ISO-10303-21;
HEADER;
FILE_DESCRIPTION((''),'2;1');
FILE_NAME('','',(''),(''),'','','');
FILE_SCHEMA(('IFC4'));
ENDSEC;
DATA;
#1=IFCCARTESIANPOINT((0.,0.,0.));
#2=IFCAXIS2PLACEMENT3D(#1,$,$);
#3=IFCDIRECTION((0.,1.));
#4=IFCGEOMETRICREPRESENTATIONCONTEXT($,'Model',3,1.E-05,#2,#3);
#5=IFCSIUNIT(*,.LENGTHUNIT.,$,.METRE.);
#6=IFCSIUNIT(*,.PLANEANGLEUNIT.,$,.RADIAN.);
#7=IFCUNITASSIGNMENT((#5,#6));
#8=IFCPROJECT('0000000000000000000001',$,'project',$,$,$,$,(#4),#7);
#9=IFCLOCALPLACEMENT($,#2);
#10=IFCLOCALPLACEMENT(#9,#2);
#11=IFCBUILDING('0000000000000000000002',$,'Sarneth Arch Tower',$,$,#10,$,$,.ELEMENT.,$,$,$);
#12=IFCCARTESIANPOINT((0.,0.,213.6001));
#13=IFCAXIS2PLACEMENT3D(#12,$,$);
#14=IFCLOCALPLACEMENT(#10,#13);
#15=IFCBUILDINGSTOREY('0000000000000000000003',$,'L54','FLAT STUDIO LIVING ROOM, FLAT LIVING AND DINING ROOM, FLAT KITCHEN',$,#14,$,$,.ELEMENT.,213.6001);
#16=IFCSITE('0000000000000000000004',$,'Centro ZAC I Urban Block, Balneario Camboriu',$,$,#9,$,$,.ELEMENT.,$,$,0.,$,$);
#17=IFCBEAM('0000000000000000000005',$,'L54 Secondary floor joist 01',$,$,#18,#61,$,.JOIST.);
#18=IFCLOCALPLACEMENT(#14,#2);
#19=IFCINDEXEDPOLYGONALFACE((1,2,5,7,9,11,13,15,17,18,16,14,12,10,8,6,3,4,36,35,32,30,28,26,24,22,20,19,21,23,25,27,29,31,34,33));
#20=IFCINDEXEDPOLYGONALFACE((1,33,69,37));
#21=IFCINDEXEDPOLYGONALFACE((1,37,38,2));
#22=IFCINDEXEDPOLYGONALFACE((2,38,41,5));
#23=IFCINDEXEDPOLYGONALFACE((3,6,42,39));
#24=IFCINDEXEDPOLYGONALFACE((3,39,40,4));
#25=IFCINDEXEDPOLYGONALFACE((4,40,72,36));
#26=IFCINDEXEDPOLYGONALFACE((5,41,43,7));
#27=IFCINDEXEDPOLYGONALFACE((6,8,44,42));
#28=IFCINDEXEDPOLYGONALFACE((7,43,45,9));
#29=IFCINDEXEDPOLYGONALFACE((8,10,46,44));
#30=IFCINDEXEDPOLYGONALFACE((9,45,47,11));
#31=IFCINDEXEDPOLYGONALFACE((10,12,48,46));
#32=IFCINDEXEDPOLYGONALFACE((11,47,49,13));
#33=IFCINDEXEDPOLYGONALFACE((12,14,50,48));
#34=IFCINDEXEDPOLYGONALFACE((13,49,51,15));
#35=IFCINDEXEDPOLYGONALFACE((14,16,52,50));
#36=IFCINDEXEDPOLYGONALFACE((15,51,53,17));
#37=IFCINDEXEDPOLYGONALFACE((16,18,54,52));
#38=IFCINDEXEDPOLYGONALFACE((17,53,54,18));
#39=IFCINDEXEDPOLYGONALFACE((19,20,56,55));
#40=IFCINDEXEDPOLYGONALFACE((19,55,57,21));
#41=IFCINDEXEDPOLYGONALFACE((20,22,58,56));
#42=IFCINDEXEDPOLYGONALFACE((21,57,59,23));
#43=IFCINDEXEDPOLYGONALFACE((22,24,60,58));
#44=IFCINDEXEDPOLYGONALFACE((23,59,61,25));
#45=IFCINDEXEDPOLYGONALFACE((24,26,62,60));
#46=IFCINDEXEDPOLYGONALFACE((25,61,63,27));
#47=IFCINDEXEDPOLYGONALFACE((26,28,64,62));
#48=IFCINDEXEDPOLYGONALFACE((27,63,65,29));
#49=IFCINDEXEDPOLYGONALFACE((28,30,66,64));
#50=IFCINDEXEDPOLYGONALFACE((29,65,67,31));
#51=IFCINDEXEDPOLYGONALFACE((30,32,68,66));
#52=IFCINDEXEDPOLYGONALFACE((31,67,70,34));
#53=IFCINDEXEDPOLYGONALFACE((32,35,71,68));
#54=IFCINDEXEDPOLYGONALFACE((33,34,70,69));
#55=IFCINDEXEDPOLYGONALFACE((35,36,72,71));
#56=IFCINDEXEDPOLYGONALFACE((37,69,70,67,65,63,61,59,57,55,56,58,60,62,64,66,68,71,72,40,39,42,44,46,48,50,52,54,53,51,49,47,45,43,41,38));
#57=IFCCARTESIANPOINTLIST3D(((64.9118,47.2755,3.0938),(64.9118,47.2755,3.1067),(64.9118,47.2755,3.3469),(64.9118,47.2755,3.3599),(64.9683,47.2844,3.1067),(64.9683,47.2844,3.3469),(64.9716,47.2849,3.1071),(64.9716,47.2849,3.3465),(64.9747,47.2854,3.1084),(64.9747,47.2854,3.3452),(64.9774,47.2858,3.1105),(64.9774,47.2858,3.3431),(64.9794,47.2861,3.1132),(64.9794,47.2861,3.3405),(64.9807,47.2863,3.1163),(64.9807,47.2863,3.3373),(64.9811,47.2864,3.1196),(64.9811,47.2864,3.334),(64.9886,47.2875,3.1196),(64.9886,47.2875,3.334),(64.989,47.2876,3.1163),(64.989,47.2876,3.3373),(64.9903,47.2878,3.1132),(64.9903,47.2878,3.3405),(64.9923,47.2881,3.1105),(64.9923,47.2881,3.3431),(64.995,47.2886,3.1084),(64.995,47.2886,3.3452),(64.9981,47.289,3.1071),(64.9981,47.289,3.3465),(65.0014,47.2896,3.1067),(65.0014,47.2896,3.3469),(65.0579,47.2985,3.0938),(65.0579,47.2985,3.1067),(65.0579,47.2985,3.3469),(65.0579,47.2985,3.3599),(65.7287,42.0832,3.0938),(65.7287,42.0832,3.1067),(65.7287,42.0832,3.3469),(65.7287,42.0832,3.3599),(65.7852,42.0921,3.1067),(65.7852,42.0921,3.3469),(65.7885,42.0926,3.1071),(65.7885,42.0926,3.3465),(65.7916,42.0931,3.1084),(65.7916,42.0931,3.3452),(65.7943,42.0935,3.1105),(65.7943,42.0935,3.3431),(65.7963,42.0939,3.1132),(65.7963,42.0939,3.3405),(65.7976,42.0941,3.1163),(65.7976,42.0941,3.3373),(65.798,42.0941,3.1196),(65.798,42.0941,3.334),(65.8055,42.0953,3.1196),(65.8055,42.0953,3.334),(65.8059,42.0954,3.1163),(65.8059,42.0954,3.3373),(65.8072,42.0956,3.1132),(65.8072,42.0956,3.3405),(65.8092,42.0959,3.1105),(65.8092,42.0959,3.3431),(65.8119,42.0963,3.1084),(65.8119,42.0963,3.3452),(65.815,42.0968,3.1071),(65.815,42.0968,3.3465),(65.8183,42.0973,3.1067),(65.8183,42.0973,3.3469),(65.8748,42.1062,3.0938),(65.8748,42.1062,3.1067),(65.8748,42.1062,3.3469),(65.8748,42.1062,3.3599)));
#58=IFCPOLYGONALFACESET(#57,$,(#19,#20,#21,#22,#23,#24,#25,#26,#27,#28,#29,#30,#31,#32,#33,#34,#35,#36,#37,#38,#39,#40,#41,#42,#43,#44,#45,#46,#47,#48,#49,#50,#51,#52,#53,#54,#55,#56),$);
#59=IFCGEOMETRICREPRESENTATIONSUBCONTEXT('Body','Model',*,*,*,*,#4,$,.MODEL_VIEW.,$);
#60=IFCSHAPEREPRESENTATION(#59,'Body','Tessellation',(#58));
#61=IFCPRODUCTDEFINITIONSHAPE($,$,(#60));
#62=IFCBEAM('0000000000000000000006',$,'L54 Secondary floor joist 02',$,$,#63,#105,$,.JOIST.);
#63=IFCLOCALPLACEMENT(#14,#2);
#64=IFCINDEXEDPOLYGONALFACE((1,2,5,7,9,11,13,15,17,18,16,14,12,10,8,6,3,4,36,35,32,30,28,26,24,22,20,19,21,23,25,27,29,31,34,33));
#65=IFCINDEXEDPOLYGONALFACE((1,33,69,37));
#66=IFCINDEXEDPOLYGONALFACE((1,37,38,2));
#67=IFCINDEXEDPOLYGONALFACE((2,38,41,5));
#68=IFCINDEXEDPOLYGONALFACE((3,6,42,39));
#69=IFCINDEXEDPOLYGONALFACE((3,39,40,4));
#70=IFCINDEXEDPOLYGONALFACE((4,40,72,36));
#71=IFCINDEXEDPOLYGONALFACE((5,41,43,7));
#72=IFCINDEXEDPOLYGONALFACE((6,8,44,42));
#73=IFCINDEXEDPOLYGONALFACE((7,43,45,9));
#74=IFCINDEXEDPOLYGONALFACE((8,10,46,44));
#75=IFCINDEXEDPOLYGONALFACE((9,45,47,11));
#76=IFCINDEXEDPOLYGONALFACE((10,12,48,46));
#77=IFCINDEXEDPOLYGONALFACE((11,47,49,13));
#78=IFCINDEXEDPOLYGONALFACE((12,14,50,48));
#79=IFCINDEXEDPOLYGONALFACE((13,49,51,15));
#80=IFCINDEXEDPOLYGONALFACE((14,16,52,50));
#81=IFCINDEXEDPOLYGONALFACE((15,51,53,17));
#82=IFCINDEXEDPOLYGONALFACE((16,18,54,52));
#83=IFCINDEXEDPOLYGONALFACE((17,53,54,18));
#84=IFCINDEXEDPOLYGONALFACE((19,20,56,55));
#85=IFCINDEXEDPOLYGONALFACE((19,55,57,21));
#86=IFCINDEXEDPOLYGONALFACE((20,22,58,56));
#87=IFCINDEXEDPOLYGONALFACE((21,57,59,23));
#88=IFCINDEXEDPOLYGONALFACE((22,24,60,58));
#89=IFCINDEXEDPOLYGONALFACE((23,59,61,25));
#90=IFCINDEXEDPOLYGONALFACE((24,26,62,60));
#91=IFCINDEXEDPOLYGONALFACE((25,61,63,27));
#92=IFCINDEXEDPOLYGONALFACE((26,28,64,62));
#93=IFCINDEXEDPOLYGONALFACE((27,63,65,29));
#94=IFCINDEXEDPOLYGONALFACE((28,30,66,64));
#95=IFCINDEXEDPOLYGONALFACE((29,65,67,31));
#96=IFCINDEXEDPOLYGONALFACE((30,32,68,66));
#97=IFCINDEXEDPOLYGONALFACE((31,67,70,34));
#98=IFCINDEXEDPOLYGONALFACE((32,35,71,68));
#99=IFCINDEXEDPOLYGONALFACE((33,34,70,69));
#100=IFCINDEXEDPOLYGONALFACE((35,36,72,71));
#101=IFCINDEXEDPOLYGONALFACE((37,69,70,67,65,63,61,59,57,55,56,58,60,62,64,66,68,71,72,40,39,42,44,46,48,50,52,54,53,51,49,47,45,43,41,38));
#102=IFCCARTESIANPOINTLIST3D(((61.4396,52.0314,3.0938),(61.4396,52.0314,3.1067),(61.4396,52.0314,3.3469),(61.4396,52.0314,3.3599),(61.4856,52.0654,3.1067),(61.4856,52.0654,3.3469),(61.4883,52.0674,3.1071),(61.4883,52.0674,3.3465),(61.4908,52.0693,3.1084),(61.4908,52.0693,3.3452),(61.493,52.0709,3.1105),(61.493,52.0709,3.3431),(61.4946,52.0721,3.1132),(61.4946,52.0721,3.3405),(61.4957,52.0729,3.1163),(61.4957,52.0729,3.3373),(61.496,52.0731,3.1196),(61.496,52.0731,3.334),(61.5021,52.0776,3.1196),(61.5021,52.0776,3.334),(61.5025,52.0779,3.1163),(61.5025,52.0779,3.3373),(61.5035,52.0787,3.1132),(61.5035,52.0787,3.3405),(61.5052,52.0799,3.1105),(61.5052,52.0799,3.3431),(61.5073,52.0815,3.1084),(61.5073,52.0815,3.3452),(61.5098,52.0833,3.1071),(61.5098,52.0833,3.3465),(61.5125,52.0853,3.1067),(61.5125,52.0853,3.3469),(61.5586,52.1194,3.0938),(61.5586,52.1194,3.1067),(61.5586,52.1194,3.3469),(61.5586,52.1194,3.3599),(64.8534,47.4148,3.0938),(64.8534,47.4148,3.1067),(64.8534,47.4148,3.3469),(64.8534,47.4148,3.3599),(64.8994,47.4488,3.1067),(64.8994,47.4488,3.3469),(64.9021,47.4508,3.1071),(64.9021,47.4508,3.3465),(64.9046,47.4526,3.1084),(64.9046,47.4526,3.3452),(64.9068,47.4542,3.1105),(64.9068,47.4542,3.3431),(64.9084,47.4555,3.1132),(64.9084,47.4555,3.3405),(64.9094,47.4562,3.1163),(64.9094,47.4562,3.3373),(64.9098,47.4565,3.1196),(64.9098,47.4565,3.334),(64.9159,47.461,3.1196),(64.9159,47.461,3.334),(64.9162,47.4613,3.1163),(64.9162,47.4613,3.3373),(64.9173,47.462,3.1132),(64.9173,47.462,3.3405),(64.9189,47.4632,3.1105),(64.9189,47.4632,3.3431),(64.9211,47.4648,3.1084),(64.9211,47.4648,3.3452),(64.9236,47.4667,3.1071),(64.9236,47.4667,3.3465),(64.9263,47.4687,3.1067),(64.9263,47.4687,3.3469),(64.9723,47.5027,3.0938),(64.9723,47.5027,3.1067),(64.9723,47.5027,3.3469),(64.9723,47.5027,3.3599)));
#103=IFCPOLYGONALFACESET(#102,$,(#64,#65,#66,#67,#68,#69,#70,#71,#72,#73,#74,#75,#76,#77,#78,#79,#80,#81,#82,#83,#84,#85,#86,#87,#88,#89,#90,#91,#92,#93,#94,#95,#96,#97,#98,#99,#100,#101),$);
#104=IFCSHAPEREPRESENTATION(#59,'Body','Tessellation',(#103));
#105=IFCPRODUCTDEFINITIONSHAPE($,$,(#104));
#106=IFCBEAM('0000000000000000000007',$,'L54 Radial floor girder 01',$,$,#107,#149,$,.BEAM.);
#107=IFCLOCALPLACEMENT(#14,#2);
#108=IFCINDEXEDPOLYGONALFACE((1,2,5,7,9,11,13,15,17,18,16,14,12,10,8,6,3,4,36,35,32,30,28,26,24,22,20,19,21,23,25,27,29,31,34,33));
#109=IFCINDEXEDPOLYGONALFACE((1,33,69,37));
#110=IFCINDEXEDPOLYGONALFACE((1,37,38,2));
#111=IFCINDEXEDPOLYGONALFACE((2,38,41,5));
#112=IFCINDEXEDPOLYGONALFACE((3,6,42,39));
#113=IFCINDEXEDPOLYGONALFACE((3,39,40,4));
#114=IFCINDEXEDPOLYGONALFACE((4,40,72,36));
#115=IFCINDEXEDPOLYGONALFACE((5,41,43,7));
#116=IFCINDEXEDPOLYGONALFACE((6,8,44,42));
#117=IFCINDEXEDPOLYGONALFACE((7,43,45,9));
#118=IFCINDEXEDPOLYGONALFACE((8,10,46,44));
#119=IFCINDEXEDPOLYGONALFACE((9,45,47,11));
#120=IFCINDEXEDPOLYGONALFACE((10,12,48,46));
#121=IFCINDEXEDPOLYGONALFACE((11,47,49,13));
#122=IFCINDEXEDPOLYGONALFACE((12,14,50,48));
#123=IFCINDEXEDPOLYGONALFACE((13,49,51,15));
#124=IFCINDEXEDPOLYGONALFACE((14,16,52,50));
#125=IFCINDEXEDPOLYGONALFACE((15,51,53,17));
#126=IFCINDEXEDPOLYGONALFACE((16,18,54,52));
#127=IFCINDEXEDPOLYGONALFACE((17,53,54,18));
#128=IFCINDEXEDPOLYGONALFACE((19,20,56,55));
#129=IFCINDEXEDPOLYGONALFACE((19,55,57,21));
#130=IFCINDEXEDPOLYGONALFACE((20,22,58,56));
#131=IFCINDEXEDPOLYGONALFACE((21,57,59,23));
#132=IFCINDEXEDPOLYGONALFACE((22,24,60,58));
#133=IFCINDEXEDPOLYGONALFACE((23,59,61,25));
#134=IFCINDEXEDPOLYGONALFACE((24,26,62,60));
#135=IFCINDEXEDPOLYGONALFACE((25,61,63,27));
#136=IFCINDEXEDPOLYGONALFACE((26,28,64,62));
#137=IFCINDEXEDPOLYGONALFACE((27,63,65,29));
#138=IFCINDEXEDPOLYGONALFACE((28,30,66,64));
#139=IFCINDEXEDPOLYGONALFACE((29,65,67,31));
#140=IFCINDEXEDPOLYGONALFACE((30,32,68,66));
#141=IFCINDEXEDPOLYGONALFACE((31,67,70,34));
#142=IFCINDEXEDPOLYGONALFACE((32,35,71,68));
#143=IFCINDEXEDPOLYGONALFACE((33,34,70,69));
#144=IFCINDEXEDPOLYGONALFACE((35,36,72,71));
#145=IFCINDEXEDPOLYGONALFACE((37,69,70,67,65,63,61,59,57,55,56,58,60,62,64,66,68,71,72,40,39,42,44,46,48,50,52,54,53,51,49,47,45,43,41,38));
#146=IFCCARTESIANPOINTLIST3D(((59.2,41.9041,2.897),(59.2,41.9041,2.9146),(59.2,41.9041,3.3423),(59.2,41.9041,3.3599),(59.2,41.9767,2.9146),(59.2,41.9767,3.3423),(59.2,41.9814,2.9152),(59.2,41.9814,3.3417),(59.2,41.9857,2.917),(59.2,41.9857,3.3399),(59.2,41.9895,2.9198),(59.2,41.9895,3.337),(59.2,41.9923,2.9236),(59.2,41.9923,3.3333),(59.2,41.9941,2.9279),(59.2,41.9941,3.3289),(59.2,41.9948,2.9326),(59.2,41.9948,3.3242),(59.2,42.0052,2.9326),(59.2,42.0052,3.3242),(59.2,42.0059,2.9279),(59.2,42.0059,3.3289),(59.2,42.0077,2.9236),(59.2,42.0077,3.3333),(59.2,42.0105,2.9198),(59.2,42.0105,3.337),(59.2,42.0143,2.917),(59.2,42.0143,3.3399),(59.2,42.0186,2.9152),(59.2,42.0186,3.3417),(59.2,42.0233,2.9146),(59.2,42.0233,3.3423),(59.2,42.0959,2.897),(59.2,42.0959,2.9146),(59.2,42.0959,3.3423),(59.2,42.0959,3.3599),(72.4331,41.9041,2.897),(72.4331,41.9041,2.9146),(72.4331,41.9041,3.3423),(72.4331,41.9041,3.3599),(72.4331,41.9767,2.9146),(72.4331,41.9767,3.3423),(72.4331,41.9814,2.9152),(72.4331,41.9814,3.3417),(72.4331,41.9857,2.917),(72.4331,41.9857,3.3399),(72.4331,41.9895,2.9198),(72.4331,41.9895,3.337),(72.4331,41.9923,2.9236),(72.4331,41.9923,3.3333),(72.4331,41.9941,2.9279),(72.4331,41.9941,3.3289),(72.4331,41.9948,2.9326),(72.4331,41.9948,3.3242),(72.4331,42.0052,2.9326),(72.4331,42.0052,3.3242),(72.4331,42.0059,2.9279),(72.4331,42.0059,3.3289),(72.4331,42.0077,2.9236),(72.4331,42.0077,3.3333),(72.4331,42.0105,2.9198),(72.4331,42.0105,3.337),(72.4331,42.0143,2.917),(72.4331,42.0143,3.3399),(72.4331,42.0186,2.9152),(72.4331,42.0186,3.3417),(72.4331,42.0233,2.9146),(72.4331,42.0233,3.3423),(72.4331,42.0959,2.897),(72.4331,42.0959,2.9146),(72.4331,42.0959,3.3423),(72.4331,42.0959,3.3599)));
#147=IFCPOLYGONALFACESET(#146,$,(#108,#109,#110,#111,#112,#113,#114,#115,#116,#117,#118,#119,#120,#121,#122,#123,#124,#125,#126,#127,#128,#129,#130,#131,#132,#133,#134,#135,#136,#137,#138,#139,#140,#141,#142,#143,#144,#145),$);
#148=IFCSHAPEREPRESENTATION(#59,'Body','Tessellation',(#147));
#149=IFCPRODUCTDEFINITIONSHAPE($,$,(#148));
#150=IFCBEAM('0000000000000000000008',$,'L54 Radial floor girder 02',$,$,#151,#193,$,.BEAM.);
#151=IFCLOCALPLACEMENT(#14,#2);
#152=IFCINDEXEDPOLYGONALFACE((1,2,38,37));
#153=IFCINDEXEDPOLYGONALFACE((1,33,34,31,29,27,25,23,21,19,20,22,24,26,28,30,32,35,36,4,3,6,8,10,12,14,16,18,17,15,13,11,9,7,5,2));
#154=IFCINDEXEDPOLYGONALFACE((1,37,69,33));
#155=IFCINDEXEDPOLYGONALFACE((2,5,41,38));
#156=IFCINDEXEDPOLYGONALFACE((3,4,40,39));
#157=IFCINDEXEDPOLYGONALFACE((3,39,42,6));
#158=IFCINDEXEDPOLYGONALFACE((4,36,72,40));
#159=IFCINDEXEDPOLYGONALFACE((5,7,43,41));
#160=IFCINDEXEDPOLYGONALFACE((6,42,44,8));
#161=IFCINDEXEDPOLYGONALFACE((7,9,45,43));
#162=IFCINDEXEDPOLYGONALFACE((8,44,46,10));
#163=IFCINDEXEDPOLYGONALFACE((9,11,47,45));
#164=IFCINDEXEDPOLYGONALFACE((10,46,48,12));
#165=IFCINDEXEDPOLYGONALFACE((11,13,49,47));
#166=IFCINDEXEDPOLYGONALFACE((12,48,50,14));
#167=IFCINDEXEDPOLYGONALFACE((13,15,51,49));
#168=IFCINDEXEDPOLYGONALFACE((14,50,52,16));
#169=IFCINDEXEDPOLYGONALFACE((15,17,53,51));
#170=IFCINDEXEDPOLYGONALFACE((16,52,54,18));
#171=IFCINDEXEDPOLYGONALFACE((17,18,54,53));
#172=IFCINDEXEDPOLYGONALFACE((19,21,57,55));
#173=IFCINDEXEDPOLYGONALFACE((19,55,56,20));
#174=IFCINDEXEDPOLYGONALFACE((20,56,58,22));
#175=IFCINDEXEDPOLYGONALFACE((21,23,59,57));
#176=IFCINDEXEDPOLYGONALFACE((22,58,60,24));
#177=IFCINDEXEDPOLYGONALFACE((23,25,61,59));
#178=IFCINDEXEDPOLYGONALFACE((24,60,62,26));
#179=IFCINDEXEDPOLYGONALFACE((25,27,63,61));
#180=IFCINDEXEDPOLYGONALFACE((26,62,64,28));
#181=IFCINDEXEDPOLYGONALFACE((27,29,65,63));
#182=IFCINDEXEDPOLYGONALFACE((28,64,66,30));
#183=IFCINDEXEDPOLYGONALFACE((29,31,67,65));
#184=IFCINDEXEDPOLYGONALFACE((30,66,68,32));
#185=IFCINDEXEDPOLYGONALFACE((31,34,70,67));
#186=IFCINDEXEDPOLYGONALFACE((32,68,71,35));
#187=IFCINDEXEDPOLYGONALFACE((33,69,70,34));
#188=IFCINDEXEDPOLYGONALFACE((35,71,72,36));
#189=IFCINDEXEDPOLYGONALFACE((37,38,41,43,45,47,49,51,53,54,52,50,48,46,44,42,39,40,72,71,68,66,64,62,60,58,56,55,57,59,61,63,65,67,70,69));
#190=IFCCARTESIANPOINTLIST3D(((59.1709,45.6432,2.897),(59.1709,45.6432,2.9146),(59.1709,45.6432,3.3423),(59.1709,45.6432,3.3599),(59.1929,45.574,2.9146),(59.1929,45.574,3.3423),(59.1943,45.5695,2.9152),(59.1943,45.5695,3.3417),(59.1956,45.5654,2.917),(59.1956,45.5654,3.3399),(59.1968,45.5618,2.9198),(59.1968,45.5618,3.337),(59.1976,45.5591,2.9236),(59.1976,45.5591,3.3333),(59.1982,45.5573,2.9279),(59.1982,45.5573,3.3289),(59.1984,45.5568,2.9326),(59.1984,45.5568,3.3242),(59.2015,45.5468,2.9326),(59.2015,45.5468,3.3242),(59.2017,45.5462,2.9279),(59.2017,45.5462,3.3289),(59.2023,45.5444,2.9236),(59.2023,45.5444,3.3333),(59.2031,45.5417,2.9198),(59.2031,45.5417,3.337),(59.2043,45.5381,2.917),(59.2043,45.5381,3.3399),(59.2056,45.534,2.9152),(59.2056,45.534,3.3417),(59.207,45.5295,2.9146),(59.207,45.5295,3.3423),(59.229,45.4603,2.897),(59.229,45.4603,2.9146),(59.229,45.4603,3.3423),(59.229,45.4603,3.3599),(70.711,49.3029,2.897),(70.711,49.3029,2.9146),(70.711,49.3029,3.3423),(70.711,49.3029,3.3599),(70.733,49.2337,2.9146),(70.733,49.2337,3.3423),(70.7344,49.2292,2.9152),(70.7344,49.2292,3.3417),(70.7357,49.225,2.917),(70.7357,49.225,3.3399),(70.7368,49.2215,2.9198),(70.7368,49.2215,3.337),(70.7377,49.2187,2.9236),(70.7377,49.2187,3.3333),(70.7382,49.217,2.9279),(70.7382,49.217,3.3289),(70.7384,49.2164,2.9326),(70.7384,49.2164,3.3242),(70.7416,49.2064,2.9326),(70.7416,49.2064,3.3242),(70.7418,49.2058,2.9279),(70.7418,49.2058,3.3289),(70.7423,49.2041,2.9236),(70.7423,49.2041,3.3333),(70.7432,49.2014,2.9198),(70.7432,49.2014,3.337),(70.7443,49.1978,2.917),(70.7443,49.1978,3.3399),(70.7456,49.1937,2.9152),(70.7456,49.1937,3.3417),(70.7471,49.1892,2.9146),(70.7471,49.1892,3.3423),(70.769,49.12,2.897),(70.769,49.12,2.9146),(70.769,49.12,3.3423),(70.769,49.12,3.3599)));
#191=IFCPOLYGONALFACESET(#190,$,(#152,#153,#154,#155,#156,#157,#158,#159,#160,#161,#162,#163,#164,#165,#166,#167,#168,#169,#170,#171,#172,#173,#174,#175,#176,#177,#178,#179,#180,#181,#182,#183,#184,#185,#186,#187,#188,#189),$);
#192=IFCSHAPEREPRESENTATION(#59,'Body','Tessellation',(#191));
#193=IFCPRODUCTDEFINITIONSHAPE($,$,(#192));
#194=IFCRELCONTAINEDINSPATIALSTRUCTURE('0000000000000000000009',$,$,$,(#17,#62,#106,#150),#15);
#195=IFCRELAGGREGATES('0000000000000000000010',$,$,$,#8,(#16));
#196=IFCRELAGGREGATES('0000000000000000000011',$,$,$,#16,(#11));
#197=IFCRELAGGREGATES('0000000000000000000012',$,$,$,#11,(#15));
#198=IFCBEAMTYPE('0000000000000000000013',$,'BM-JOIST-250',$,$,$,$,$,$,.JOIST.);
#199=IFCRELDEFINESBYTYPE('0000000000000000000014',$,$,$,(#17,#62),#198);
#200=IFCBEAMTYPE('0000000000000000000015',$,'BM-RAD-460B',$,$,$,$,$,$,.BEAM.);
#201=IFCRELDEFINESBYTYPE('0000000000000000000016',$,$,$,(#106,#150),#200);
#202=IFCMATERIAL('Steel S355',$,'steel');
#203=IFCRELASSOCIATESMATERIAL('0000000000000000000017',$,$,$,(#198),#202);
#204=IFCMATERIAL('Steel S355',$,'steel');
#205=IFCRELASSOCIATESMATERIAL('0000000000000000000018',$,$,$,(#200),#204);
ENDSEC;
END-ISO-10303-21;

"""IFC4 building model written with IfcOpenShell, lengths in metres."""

from ifc_helpers import new_model, si_unit, direction, frame, origin, origin_2d, place, context, subcontext, project, spatial, i_section, extrude, material, material_profile, profile_set, type_object, element, save


model = new_model("IFC4")

# Units and contexts
model_context = context("Model", 3, precision=1e-05, world=origin(), true_north=direction((0.0, 1.0)))
body_context = subcontext(model_context, "Body", "Model", "MODEL_VIEW")
ifc_project = project(units=[si_unit("LENGTHUNIT", "METRE"), si_unit("PLANEANGLEUNIT", "RADIAN")], contexts=[model_context])

# Site, building, storey
site_placement = place(None, origin())
site = spatial("IfcSite", under=ifc_project, at=site_placement, Name="Centro ZAC I Urban Block, Balneario Camboriu", CompositionType="ELEMENT", RefElevation=0.0)
building_placement = place(site_placement, origin())
building = spatial("IfcBuilding", under=site, at=building_placement, Name="Sarneth Arch Tower", CompositionType="ELEMENT")
storey_placement = place(building_placement, frame((0.0, 0.0, 213.6001)))
storey = spatial("IfcBuildingStorey", under=building, at=storey_placement, Name="L54", Description="FLAT STUDIO LIVING ROOM, FLAT LIVING AND DINING ROOM, FLAT KITCHEN", CompositionType="ELEMENT", Elevation=213.6001)

# Beams
ifc_material_1 = material(Name="Steel S355", Category="steel")
ifc_material_profile_1 = material_profile(ifc_material_1, i_section(OverallWidth=0.1479, OverallDepth=0.2661, WebThickness=0.0076, FlangeThickness=0.0129, FilletRadius=0.0129, at=origin_2d()), Name="W250x44.8")
ifc_profile_set_1 = profile_set([ifc_material_profile_1], Name="Steel S355")
beam_type_1 = type_object("IfcBeamType", Name="BM-JOIST-250", PredefinedType="JOIST", material=ifc_profile_set_1)
beam_1_placement = place(storey_placement, frame((65.8018, 42.0947, 3.2268), z_axis=(-0.155421, 0.987848, 0.0), x_axis=(-0.987848, -0.155421, 0.0)))
element("IfcBeam", 1, at=beam_1_placement, inside=storey, type_object=beam_type_1, Name="L54 Secondary floor joist 01", PredefinedType="JOIST", context=body_context, shape_type="SweptSolid", body=[
    extrude(i_section(OverallWidth=0.1479, OverallDepth=0.2661, WebThickness=0.0076, FlangeThickness=0.0129, FilletRadius=0.0129, at=origin_2d()), origin(), (0.0, 0.0, 1.0), 5.2561),
])
beam_2_placement = place(storey_placement, frame((64.9128, 47.4587, 3.2268), z_axis=(-0.594557, 0.804053, 0.0), x_axis=(-0.804053, -0.594557, 0.0)))
element("IfcBeam", 2, at=beam_2_placement, inside=storey, type_object=beam_type_1, Name="L54 Secondary floor joist 02", PredefinedType="JOIST", context=body_context, shape_type="SweptSolid", body=[
    extrude(i_section(OverallWidth=0.1479, OverallDepth=0.2661, WebThickness=0.0076, FlangeThickness=0.0129, FilletRadius=0.0129, at=origin_2d()), origin(), (0.0, 0.0, 1.0), 5.7417),
])
ifc_material_2 = material(Name="Steel S355", Category="steel")
ifc_material_profile_2 = material_profile(ifc_material_2, i_section(OverallWidth=0.1919, OverallDepth=0.4629, WebThickness=0.0105, FlangeThickness=0.0176, FilletRadius=0.0181, at=origin_2d()), Name="W460x89")
ifc_profile_set_2 = profile_set([ifc_material_profile_2], Name="Steel S355")
beam_type_2 = type_object("IfcBeamType", Name="BM-RAD-460B", PredefinedType="BEAM", material=ifc_profile_set_2)
beam_3_placement = place(storey_placement, frame((59.2, 42.0, 3.1284), z_axis=(1.0, 0.0, 0.0), x_axis=(0.0, 1.0, 0.0)))
element("IfcBeam", 3, at=beam_3_placement, inside=storey, type_object=beam_type_2, Name="L54 Radial floor girder 01", PredefinedType="BEAM", context=body_context, shape_type="SweptSolid", body=[
    extrude(i_section(OverallWidth=0.1919, OverallDepth=0.4629, WebThickness=0.0105, FlangeThickness=0.0176, FilletRadius=0.0181, at=origin_2d()), origin(), (0.0, 0.0, 1.0), 13.2332),
])
beam_4_placement = place(storey_placement, frame((59.2, 45.5518, 3.1284), z_axis=(0.953216, 0.302291, 0.0), x_axis=(-0.302291, 0.953216, 0.0)))
element("IfcBeam", 4, at=beam_4_placement, inside=storey, type_object=beam_type_2, Name="L54 Radial floor girder 02", PredefinedType="BEAM", context=body_context, shape_type="SweptSolid", body=[
    extrude(i_section(OverallWidth=0.1919, OverallDepth=0.4629, WebThickness=0.0105, FlangeThickness=0.0176, FilletRadius=0.0181, at=origin_2d()), origin(), (0.0, 0.0, 1.0), 12.1064),
])

save(model, "model.ifc")
